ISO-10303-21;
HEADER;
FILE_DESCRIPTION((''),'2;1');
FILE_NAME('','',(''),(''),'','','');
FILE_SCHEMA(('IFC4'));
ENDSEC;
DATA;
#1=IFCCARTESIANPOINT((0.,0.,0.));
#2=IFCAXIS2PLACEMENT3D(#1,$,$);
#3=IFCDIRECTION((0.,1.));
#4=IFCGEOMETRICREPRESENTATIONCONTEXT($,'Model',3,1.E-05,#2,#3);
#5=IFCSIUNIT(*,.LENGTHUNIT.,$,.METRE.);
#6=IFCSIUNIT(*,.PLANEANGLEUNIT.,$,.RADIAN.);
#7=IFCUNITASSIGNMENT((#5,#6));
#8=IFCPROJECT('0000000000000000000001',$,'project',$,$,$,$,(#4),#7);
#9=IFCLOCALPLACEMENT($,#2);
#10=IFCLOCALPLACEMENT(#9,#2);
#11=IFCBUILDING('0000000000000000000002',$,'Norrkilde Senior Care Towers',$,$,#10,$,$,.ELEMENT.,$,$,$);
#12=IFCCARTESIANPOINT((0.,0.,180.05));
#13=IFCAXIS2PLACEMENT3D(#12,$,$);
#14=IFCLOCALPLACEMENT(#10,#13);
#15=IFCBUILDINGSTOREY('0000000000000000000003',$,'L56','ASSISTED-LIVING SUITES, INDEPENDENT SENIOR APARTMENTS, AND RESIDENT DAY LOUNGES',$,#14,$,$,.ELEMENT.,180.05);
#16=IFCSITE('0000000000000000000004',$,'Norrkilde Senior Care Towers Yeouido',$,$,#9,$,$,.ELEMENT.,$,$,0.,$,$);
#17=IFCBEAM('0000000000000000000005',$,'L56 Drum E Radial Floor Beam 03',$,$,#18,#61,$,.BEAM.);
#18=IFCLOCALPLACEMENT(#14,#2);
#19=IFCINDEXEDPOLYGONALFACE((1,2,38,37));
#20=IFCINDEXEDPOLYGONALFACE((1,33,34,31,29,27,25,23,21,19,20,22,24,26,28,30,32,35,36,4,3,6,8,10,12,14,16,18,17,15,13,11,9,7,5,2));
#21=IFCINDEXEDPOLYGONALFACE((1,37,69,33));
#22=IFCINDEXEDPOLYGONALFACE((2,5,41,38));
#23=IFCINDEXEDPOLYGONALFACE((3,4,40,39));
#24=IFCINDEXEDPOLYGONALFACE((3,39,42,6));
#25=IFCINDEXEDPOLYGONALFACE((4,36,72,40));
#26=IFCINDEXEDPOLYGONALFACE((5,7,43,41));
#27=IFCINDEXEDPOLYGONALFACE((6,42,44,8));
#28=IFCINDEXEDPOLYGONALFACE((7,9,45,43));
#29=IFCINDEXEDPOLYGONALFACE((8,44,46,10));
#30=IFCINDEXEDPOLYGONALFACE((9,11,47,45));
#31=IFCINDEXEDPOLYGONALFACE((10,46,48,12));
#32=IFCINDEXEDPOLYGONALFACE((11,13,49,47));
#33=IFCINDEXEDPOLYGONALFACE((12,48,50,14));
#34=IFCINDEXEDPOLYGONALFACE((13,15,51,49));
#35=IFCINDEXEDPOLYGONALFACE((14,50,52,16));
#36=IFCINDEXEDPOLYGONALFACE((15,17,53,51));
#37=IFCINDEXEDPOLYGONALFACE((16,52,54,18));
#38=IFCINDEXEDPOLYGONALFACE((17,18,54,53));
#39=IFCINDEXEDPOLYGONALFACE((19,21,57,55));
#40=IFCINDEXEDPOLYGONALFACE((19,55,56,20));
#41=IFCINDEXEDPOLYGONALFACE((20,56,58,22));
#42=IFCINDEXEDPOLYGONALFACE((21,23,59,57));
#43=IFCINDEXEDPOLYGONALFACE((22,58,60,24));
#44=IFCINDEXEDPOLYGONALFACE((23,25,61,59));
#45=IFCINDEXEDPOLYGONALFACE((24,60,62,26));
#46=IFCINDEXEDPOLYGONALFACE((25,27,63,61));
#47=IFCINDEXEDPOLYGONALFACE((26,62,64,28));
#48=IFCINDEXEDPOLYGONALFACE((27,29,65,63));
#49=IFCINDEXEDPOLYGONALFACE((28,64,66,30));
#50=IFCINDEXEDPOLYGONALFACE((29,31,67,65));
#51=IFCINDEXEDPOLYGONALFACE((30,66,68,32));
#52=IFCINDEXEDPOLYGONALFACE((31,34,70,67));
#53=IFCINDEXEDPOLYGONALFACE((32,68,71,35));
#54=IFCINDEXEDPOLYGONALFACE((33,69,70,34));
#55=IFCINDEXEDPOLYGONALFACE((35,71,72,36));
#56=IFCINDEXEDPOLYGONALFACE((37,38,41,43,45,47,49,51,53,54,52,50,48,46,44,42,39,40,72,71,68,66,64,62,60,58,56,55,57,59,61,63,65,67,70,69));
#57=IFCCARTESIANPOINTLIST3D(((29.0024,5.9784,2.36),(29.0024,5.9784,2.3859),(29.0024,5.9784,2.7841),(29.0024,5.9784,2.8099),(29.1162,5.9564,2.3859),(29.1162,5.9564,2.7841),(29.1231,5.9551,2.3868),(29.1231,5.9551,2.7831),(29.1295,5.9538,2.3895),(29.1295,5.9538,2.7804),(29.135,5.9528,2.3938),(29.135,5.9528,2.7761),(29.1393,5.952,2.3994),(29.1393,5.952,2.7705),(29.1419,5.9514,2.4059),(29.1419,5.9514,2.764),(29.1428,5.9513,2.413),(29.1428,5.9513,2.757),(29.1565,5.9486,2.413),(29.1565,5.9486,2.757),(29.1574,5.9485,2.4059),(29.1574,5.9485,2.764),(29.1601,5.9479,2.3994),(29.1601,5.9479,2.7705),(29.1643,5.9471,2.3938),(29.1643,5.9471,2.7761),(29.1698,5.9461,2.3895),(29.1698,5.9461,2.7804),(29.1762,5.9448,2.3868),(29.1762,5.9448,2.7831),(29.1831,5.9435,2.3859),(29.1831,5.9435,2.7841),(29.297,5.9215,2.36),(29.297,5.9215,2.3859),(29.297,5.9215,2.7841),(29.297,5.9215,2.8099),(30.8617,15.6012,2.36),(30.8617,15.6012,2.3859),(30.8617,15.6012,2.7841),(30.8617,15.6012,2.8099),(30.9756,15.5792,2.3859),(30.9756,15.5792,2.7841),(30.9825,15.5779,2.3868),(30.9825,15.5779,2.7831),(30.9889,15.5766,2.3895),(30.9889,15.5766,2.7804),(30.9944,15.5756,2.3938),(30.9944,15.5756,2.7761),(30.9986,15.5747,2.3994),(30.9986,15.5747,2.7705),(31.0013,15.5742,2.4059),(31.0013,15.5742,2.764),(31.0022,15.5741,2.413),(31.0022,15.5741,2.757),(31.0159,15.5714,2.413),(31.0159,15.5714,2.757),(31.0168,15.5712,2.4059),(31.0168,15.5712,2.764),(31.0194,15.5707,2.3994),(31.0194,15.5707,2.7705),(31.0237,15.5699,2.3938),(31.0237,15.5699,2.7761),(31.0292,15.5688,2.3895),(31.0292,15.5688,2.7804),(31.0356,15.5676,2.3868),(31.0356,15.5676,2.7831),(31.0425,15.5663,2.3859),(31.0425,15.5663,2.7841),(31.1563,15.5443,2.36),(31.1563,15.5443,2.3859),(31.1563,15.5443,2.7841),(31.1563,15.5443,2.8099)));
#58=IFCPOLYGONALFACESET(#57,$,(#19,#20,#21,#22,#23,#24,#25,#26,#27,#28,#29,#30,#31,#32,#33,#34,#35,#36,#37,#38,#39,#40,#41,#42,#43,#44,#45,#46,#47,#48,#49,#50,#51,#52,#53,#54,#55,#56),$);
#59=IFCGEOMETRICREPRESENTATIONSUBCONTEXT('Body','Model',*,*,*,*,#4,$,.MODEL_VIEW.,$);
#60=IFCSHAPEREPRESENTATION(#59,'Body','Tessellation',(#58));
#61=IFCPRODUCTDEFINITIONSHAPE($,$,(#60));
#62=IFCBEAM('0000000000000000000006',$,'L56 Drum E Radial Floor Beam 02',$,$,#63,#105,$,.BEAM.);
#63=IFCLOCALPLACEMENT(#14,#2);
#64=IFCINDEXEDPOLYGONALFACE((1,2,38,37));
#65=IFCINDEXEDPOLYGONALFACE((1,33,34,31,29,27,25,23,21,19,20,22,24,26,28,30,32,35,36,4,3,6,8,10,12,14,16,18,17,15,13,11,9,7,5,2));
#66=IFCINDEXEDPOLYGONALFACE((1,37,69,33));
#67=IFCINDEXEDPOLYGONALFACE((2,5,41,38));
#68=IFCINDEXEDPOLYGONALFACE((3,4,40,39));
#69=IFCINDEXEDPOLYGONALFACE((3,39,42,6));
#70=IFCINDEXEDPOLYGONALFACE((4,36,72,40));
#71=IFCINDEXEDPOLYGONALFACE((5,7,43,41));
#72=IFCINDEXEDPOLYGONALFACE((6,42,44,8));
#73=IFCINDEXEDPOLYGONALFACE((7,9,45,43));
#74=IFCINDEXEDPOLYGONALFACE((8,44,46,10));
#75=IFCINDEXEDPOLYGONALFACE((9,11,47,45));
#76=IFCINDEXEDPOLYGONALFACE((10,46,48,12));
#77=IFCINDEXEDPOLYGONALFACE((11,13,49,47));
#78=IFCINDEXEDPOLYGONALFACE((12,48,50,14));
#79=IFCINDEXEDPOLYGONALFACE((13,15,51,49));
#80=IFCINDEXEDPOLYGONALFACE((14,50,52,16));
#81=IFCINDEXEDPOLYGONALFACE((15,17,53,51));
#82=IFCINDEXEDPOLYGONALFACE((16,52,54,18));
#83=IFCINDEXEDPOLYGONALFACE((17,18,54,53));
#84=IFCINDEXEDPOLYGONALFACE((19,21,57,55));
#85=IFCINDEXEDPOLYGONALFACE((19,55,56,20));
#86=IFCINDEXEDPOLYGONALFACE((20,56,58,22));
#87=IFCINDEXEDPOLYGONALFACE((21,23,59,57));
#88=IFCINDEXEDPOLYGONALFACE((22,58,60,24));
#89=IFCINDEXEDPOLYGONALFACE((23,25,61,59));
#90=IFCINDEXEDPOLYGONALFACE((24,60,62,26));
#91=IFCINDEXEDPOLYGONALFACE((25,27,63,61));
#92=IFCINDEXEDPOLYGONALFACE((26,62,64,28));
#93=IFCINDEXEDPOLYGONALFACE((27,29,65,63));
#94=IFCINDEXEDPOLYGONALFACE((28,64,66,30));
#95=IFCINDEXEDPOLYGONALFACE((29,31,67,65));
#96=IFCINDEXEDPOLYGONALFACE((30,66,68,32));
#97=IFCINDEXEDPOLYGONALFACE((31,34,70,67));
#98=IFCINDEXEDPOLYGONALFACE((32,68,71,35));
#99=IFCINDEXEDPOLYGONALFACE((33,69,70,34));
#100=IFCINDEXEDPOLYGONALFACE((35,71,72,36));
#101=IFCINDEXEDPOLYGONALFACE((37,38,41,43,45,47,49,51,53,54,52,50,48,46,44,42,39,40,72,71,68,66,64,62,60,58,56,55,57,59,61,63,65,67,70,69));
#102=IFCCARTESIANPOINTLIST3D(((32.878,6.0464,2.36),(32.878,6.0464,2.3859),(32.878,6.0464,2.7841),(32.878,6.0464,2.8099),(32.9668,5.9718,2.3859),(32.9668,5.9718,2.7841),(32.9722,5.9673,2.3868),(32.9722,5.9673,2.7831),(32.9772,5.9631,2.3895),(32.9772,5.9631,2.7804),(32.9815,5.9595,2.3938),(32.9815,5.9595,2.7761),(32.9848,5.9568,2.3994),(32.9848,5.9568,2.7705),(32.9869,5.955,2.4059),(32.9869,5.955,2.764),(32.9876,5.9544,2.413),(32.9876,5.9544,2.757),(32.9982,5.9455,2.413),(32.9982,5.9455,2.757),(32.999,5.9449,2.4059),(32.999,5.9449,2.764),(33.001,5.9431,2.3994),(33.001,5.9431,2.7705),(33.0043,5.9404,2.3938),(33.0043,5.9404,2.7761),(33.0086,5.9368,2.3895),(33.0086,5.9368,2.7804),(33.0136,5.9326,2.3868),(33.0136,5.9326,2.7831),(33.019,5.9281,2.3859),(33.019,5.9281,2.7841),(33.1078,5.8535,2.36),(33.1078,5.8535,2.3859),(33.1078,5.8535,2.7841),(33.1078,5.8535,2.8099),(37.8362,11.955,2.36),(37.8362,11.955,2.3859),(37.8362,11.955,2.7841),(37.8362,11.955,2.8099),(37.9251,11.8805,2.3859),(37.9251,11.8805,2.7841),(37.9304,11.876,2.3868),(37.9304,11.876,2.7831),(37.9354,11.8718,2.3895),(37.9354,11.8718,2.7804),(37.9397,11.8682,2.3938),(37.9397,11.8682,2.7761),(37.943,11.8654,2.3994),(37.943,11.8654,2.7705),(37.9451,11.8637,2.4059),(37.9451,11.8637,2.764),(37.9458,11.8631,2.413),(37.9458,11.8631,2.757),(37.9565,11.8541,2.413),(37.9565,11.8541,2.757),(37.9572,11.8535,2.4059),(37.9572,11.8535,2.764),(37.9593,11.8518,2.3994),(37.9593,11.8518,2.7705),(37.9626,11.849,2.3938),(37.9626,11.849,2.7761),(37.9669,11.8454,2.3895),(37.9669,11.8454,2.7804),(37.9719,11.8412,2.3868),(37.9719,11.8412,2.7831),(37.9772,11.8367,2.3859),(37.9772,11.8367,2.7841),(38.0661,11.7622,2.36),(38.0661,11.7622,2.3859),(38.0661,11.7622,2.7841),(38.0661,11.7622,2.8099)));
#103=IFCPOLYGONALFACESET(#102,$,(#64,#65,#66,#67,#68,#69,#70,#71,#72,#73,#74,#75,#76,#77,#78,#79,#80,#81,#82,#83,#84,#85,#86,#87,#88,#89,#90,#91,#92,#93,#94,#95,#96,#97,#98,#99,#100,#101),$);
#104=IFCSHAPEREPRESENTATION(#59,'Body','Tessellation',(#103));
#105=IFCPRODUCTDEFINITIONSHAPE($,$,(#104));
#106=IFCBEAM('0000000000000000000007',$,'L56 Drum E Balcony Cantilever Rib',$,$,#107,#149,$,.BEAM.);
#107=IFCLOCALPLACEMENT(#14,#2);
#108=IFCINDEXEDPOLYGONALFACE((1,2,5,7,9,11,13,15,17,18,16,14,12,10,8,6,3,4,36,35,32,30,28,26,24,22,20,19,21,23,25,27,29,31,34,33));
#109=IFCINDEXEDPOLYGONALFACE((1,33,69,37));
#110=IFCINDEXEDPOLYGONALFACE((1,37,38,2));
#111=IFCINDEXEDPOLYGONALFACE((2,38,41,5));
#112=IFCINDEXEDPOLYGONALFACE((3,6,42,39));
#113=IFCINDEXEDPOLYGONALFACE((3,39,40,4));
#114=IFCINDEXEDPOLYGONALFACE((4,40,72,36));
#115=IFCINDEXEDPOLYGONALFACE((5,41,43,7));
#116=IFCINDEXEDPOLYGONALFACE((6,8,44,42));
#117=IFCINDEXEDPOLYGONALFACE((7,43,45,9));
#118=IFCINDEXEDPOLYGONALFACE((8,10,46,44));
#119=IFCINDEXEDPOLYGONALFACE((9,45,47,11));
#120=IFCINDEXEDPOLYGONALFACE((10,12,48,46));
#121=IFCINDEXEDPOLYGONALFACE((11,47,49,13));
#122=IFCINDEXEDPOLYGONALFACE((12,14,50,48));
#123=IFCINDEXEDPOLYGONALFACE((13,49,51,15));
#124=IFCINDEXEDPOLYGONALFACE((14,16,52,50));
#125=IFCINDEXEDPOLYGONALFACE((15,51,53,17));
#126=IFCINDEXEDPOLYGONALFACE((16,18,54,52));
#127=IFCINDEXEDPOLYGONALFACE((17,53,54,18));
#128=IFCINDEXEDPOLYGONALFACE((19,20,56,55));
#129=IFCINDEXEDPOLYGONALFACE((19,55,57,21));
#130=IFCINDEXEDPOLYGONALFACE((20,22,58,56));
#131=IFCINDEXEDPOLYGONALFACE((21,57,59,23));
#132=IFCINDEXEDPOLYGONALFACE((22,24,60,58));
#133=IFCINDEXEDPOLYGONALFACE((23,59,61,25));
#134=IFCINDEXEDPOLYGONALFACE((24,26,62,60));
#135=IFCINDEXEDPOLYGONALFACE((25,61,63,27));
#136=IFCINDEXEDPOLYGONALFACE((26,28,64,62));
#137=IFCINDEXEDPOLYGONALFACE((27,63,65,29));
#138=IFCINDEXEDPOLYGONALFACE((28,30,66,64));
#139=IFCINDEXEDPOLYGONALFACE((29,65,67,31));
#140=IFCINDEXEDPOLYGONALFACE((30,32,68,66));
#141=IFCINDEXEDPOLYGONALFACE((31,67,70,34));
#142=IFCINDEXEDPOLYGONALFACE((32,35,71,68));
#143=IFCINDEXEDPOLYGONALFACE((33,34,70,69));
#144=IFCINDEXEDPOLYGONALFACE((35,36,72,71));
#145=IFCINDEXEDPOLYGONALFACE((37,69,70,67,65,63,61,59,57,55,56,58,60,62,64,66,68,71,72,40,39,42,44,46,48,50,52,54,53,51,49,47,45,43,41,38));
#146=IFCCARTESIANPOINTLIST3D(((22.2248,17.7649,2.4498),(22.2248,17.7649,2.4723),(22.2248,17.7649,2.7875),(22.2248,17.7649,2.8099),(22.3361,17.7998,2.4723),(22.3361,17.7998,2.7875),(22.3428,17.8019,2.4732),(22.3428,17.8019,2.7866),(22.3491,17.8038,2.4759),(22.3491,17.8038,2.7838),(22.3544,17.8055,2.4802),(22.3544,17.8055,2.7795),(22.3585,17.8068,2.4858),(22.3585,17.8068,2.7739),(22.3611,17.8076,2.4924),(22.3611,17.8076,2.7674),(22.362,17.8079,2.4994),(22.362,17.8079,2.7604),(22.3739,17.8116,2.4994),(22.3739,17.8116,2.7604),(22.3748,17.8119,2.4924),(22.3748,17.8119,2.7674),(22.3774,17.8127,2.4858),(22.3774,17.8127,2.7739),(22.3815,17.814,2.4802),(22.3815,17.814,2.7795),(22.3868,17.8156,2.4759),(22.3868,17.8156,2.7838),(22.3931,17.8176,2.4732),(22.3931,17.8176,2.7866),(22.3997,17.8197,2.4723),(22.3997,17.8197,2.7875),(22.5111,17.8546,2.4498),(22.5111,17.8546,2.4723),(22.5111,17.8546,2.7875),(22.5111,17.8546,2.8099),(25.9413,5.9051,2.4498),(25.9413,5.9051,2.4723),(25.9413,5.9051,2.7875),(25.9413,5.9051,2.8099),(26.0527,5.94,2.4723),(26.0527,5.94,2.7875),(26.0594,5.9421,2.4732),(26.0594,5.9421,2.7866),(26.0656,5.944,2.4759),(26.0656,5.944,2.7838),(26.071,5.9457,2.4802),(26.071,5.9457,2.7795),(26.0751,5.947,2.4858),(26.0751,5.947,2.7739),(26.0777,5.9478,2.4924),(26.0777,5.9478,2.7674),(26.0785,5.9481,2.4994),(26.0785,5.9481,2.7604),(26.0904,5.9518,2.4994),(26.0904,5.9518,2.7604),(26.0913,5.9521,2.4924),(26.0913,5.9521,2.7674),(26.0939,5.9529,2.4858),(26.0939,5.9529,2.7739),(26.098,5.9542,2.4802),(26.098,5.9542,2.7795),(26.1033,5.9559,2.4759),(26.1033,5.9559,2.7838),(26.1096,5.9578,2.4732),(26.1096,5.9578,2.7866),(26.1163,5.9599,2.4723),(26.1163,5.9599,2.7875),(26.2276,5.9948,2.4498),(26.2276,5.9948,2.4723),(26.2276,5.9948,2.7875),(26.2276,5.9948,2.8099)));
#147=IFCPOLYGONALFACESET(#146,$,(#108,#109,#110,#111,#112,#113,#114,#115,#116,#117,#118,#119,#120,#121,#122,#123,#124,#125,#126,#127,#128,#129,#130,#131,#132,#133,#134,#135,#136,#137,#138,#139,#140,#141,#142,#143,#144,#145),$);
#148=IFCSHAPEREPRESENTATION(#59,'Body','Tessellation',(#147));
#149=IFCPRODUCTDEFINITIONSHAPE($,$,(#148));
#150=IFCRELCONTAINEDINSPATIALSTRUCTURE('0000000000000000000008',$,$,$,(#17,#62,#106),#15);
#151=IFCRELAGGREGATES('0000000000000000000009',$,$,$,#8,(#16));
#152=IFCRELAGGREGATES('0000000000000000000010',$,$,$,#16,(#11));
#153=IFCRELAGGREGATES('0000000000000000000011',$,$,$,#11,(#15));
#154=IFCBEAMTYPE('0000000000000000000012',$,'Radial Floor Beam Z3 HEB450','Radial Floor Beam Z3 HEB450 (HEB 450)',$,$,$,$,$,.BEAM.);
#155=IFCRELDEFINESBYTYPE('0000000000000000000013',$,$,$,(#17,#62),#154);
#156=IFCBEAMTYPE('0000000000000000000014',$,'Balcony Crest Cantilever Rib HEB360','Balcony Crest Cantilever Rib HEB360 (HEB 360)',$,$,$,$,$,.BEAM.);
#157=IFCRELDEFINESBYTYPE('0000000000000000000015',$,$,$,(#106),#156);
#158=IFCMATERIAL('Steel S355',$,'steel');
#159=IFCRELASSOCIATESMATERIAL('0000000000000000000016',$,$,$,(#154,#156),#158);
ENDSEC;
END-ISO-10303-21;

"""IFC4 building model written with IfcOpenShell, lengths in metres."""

from ifc_helpers import new_model, si_unit, direction, frame, origin, origin_2d, place, context, subcontext, project, spatial, i_section, extrude, source, transform, mapped, material, material_profile, profile_set, type_object, type_shapes, element, save


model = new_model("IFC4")

# Units and contexts
model_context = context("Model", 3, precision=1e-05, world=origin(), true_north=direction((0.0, 1.0)))
body_context = subcontext(model_context, "Body", "Model", "MODEL_VIEW")
ifc_project = project(units=[si_unit("LENGTHUNIT", "METRE"), si_unit("PLANEANGLEUNIT", "RADIAN")], contexts=[model_context])

# Site, building, storey
site_placement = place(None, origin())
site = spatial("IfcSite", under=ifc_project, at=site_placement, Name="Norrkilde Senior Care Towers Yeouido", CompositionType="ELEMENT", RefElevation=0.0)
building_placement = place(site_placement, origin())
building = spatial("IfcBuilding", under=site, at=building_placement, Name="Norrkilde Senior Care Towers", CompositionType="ELEMENT")
storey_placement = place(building_placement, frame((0.0, 0.0, 180.05)))
storey = spatial("IfcBuildingStorey", under=building, at=storey_placement, Name="L56", Description="ASSISTED-LIVING SUITES, INDEPENDENT SENIOR APARTMENTS, AND RESIDENT DAY LOUNGES", CompositionType="ELEMENT", Elevation=180.05)

# Beams
ifc_material_1 = material(Name="Steel S355", Category="steel")
ifc_material_profile_1 = material_profile(ifc_material_1, i_section(OverallWidth=0.3, OverallDepth=0.45, WebThickness=0.0139, FlangeThickness=0.0259, FilletRadius=0.0271, at=origin_2d()), Name="HEB 450")
ifc_profile_set_1 = profile_set([ifc_material_profile_1], Name="Steel S355")
beam_type_1 = type_object("IfcBeamType", Name="Radial Floor Beam Z3 HEB450", Description="Radial Floor Beam Z3 HEB450 (HEB 450)", PredefinedType="BEAM", material=ifc_profile_set_1)
shared_shape_1 = source(origin(), body_context, "Body", "SweptSolid", [
    extrude(i_section(OverallWidth=0.3, OverallDepth=0.45, WebThickness=0.0139, FlangeThickness=0.0259, FilletRadius=0.0271, at=origin_2d()), origin(), (0.0, 0.0, 1.0), 9.8008),
])
beam_1_placement = place(storey_placement, frame((29.1497, 5.95, 2.585), z_axis=(0.189717, 0.981839, 0.0), x_axis=(-0.981839, 0.189717, 0.0)))
element("IfcBeam", 1, at=beam_1_placement, inside=storey, type_object=beam_type_1, Name="L56 Drum E Radial Floor Beam 03", PredefinedType="BEAM", context=body_context, shape_type="MappedRepresentation", body=[
    mapped(shared_shape_1, transform((0.0, 0.0, 0.0), x_axis=(1.0, 0.0, 0.0), y_axis=(0.0, 1.0, 0.0), z_axis=(0.0, 0.0, 1.0), scale=1.0)),
])
shared_shape_2 = source(origin(), body_context, "Body", "SweptSolid", [
    extrude(i_section(OverallWidth=0.3, OverallDepth=0.45, WebThickness=0.0139, FlangeThickness=0.0259, FilletRadius=0.0271, at=origin_2d()), origin(), (0.0, 0.0, 1.0), 7.7134),
])
type_shapes(beam_type_1, [shared_shape_1, shared_shape_2])
beam_2_placement = place(storey_placement, frame((32.9929, 5.95, 2.585), z_axis=(0.642808, 0.766027, 0.0), x_axis=(-0.766027, 0.642808, 0.0)))
element("IfcBeam", 2, at=beam_2_placement, inside=storey, type_object=beam_type_1, Name="L56 Drum E Radial Floor Beam 02", PredefinedType="BEAM", context=body_context, shape_type="MappedRepresentation", body=[
    mapped(shared_shape_2, transform((0.0, 0.0, 0.0), x_axis=(1.0, 0.0, 0.0), y_axis=(0.0, 1.0, 0.0), z_axis=(0.0, 0.0, 1.0), scale=1.0)),
])
ifc_material_profile_2 = material_profile(ifc_material_1, i_section(OverallWidth=0.3, OverallDepth=0.3601, WebThickness=0.0125, FlangeThickness=0.0225, FilletRadius=0.0271, at=origin_2d()), Name="HEB 360")
ifc_profile_set_2 = profile_set([ifc_material_profile_2], Name="Steel S355")
beam_type_2 = type_object("IfcBeamType", Name="Balcony Crest Cantilever Rib HEB360", Description="Balcony Crest Cantilever Rib HEB360 (HEB 360)", PredefinedType="BEAM", material=ifc_profile_set_2)
shared_shape_3 = source(origin(), body_context, "Body", "SweptSolid", [
    extrude(i_section(OverallWidth=0.3, OverallDepth=0.3601, WebThickness=0.0125, FlangeThickness=0.0225, FilletRadius=0.0271, at=origin_2d()), origin(), (0.0, 0.0, 1.0), 12.4285),
])
type_shapes(beam_type_2, [shared_shape_3])
beam_3_placement = place(storey_placement, frame((26.0845, 5.95, 2.6299), z_axis=(-0.299033, 0.954243, 0.0), x_axis=(-0.954243, -0.299033, 0.0)))
element("IfcBeam", 3, at=beam_3_placement, inside=storey, type_object=beam_type_2, Name="L56 Drum E Balcony Cantilever Rib", PredefinedType="BEAM", context=body_context, shape_type="MappedRepresentation", body=[
    mapped(shared_shape_3, transform((0.0, 0.0, 0.0), x_axis=(1.0, 0.0, 0.0), y_axis=(0.0, 1.0, 0.0), z_axis=(0.0, 0.0, 1.0), scale=1.0)),
])

save(model, "model.ifc")
